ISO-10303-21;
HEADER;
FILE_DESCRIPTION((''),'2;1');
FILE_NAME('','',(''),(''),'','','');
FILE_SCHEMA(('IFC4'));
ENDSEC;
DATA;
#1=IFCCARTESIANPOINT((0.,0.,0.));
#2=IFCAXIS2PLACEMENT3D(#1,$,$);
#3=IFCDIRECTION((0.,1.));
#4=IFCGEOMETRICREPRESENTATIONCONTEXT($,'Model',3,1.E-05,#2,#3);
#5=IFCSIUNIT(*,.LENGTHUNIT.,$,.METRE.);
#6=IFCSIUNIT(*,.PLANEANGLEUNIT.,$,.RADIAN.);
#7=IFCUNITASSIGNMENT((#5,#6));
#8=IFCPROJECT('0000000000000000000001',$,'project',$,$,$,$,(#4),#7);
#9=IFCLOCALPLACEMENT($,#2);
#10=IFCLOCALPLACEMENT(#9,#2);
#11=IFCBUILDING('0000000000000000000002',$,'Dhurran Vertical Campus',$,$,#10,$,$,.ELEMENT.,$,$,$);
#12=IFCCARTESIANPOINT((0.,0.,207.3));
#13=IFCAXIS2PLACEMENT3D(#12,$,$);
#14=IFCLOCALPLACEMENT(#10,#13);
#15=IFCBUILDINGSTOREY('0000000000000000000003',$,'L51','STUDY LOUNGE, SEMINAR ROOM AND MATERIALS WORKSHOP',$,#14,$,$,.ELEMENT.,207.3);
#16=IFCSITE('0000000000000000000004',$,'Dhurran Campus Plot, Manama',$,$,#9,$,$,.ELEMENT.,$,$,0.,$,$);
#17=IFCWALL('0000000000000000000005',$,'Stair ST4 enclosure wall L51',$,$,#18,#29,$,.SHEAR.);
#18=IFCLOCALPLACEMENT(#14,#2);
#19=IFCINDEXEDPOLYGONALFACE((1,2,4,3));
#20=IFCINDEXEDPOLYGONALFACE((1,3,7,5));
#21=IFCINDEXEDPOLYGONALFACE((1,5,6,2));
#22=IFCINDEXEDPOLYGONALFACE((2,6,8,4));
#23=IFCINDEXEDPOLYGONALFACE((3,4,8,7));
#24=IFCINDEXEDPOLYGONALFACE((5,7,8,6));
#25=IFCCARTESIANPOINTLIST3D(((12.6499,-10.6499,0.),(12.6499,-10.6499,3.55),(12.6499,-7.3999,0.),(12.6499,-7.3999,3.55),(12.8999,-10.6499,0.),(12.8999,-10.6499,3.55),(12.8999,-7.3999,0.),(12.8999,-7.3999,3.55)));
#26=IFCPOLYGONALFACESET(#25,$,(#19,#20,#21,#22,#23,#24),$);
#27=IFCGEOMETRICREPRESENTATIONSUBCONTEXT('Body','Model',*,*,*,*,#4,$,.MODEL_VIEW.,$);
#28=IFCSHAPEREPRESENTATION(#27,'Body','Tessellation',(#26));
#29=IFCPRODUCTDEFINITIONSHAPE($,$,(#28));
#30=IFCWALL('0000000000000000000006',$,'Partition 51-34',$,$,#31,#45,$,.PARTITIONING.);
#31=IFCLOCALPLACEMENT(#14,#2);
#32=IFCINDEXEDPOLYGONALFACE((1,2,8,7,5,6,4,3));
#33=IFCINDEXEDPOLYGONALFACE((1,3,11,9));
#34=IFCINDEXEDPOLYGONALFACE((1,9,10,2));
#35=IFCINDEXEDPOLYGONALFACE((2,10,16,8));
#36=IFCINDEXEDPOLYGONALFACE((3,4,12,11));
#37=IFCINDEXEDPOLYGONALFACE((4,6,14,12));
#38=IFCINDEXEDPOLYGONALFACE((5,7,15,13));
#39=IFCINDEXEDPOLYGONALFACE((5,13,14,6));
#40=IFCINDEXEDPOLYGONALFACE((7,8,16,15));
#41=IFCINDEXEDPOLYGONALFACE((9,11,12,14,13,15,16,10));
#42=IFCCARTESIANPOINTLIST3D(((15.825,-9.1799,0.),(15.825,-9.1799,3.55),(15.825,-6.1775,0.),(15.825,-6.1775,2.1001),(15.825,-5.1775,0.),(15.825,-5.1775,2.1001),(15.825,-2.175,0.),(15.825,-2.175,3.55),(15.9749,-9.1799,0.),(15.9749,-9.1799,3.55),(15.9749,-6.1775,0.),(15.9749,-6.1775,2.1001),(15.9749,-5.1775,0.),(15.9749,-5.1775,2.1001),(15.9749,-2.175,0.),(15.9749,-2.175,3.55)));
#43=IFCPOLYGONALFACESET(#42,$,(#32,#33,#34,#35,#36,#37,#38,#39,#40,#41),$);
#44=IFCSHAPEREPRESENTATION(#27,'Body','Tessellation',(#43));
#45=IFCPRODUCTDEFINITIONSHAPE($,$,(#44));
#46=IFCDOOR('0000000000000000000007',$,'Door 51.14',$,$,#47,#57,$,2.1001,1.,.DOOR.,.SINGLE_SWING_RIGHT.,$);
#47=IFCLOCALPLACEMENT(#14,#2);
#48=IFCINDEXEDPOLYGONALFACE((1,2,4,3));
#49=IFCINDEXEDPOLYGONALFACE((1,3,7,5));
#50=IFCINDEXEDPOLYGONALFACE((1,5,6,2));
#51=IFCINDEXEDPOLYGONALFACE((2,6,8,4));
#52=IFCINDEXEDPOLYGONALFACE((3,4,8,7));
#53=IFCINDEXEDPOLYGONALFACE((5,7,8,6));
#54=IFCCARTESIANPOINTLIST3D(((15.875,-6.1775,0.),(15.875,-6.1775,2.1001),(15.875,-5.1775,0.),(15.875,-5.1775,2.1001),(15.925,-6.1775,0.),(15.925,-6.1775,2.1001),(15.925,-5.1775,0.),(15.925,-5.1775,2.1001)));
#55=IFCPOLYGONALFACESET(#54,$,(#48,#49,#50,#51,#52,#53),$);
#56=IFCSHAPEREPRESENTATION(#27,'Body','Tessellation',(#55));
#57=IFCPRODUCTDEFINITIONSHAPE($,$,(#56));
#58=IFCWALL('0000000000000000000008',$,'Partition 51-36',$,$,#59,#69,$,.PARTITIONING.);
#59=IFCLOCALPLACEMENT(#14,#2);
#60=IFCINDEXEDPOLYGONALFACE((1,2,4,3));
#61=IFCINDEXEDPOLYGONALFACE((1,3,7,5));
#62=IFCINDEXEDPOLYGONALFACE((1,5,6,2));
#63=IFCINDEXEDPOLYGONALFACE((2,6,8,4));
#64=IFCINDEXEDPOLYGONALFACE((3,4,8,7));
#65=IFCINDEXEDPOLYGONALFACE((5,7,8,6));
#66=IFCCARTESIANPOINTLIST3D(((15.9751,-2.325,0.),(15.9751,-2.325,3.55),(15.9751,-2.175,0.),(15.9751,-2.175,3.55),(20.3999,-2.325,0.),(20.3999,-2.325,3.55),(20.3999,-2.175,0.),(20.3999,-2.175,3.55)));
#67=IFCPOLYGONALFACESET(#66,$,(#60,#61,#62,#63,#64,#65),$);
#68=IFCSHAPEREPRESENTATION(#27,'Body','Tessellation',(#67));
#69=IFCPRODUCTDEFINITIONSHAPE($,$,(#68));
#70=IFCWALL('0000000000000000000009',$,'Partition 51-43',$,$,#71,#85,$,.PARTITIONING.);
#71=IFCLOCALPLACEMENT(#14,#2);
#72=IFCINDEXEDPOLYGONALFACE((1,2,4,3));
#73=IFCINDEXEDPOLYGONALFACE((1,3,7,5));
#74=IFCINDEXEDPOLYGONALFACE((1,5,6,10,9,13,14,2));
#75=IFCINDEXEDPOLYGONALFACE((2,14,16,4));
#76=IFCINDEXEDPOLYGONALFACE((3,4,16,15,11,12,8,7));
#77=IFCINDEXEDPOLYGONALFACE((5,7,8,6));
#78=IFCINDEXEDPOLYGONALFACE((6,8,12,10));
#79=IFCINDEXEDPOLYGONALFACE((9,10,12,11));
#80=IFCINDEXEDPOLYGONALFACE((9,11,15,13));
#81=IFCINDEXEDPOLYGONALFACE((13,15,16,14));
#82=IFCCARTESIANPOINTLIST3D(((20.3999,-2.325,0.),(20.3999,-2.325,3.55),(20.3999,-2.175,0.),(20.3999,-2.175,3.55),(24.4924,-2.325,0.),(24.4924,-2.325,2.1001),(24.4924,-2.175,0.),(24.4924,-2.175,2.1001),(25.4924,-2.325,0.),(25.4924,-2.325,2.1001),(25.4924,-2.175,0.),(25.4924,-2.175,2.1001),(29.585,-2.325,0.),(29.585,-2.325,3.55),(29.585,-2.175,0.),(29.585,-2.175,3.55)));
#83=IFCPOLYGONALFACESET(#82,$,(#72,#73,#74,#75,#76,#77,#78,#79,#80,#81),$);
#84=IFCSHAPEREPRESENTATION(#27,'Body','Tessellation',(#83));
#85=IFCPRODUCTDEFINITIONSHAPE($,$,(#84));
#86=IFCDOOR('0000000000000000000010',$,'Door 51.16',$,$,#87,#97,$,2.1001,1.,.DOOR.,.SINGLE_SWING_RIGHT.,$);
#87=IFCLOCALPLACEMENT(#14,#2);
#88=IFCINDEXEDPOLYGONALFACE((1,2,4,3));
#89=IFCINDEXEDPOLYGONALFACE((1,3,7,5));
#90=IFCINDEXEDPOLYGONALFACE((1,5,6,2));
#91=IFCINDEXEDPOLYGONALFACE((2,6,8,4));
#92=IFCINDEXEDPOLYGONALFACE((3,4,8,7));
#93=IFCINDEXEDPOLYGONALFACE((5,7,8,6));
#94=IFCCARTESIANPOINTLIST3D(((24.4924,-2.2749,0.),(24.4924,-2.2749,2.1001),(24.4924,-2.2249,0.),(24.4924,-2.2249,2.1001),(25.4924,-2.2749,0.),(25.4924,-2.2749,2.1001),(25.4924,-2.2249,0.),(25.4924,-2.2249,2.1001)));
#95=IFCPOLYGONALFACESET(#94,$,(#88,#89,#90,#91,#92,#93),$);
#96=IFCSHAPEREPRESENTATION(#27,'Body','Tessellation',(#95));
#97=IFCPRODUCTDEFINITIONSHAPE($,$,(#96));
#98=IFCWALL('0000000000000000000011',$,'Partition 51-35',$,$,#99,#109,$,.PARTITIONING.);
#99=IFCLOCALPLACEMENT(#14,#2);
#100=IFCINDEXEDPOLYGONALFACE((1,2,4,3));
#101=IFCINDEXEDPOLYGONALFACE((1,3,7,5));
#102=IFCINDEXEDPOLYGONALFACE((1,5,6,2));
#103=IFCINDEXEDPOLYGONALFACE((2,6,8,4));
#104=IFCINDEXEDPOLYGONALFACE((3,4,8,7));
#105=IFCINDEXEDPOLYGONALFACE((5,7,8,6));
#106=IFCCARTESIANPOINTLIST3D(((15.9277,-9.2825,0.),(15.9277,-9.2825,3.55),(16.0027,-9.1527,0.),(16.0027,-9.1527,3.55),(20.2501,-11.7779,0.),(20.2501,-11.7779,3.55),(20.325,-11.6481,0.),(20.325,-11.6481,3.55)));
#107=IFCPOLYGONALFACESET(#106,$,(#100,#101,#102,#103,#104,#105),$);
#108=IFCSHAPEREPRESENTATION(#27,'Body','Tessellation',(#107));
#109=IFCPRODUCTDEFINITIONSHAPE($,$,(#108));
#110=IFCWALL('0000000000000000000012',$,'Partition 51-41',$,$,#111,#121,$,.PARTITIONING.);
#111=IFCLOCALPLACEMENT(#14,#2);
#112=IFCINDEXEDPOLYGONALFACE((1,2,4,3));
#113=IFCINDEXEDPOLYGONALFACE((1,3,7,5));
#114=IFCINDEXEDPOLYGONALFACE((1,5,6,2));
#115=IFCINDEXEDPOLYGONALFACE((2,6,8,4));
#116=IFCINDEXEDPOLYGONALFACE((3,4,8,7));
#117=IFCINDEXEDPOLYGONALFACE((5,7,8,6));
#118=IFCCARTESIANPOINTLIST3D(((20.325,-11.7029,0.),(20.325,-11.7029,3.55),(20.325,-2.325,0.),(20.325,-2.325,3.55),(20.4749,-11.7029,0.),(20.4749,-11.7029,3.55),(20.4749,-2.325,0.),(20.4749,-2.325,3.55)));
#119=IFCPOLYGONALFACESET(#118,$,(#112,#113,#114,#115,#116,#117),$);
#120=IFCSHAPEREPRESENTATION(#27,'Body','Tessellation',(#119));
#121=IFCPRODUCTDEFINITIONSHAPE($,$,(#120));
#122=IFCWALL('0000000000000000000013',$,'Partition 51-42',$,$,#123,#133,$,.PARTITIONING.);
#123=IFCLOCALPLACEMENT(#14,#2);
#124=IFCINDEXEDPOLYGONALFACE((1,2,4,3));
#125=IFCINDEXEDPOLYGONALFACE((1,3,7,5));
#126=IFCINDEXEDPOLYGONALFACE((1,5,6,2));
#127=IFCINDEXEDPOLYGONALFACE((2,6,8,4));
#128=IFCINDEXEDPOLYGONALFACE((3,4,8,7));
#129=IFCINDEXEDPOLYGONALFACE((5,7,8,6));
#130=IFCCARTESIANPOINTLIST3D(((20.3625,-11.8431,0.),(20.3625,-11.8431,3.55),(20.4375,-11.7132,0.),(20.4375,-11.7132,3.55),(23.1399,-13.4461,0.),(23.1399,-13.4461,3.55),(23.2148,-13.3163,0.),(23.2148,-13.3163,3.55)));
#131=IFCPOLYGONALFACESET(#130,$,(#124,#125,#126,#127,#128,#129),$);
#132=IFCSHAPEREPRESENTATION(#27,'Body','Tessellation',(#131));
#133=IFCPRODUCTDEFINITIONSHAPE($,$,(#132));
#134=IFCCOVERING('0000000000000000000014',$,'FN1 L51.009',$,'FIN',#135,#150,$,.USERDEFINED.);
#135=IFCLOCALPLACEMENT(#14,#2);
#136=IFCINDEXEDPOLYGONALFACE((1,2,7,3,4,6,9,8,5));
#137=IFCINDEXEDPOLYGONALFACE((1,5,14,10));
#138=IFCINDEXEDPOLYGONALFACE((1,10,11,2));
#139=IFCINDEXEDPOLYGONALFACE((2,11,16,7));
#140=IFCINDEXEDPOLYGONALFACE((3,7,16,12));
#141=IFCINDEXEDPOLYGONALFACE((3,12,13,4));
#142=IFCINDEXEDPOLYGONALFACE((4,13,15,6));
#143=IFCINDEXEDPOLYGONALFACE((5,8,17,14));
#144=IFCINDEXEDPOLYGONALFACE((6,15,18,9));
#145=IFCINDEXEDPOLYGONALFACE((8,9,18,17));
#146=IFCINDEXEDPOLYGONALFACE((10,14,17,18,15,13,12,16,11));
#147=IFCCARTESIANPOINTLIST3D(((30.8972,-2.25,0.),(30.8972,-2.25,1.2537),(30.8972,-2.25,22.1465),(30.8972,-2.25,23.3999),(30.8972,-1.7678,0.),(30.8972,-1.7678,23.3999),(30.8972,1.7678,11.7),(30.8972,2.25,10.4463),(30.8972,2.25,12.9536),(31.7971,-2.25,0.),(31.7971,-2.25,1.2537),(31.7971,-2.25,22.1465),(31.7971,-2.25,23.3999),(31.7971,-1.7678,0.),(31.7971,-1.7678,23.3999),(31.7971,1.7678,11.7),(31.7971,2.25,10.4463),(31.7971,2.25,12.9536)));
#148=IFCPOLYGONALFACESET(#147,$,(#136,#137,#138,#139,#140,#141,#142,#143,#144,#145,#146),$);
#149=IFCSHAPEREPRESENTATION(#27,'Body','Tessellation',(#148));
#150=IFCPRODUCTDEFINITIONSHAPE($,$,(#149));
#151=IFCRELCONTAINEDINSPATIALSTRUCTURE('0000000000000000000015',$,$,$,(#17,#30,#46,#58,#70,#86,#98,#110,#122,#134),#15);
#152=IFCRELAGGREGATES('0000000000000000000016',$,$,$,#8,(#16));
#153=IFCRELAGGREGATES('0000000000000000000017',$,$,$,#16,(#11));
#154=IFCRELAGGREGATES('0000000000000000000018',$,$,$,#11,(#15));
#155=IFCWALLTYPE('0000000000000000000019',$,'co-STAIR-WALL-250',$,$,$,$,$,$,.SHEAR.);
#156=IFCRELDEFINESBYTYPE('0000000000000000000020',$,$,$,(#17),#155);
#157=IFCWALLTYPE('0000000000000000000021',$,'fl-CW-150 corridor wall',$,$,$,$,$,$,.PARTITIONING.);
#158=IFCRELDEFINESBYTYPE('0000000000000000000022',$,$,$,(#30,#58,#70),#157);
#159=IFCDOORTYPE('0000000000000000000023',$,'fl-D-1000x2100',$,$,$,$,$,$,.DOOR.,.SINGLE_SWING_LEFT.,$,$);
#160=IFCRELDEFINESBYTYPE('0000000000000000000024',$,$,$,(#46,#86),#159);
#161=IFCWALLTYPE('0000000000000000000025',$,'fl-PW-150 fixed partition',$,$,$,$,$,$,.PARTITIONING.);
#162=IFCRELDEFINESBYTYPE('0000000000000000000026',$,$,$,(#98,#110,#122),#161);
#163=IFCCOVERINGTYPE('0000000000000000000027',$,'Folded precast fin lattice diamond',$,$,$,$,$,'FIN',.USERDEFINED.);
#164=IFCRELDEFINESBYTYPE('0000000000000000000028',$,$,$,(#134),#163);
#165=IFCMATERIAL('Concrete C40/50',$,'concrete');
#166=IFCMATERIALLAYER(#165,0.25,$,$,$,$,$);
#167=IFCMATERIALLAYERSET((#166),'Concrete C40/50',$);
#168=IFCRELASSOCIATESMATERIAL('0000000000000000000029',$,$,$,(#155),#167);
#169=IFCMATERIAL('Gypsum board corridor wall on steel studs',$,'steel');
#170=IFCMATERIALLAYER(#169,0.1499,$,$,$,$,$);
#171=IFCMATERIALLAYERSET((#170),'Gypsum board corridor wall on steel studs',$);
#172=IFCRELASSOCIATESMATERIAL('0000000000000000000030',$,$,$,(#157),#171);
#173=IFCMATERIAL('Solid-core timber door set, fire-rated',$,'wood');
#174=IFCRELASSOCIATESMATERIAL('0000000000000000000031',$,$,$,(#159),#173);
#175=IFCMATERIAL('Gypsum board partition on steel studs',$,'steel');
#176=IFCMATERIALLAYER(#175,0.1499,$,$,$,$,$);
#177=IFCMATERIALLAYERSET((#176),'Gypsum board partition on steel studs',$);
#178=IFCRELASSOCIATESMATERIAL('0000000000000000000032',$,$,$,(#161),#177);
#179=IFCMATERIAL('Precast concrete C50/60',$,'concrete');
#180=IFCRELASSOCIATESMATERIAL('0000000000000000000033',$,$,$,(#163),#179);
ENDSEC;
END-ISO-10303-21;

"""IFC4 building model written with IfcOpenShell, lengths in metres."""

from ifc_helpers import new_model, si_unit, direction, frame, frame_2d, origin, place, context, subcontext, project, spatial, polyline, rectangle, outline, extrude, material, layer, layer_set, type_object, element, fill, save


model = new_model("IFC4")

# Units and contexts
model_context = context("Model", 3, precision=1e-05, world=origin(), true_north=direction((0.0, 1.0)))
body_context = subcontext(model_context, "Body", "Model", "MODEL_VIEW")
ifc_project = project(units=[si_unit("LENGTHUNIT", "METRE"), si_unit("PLANEANGLEUNIT", "RADIAN")], contexts=[model_context])

# Site, building, storey
site_placement = place(None, origin())
site = spatial("IfcSite", under=ifc_project, at=site_placement, Name="Dhurran Campus Plot, Manama", CompositionType="ELEMENT", RefElevation=0.0)
building_placement = place(site_placement, origin())
building = spatial("IfcBuilding", under=site, at=building_placement, Name="Dhurran Vertical Campus", CompositionType="ELEMENT")
storey_placement = place(building_placement, frame((0.0, 0.0, 207.3)))
storey = spatial("IfcBuildingStorey", under=building, at=storey_placement, Name="L51", Description="STUDY LOUNGE, SEMINAR ROOM AND MATERIALS WORKSHOP", CompositionType="ELEMENT", Elevation=207.3)

# Wall
ifc_material_1 = material(Name="Concrete C40/50", Category="concrete")
ifc_layer_1 = layer(ifc_material_1, 0.25)
ifc_layer_set_1 = layer_set([ifc_layer_1], Name="Concrete C40/50")
wall_type_1 = type_object("IfcWallType", Name="co-STAIR-WALL-250", PredefinedType="SHEAR", material=ifc_layer_set_1)
wall_1_placement = place(storey_placement, frame((12.7749, -10.6499, 0.0), z_axis=(0.0, 0.0, 1.0), x_axis=(0.0, 1.0, 0.0)))
element("IfcWall", 1, at=wall_1_placement, inside=storey, type_object=wall_type_1, Name="Stair ST4 enclosure wall L51", PredefinedType="SHEAR", context=body_context, shape_type="SweptSolid", body=[
    extrude(rectangle(XDim=3.25, YDim=0.25, at=frame_2d((1.625, 0.0))), origin(), (0.0, 0.0, 1.0), 3.55),
])

# Wall, opening, door
ifc_material_2 = material(Name="Gypsum board corridor wall on steel studs", Category="steel")
ifc_layer_2 = layer(ifc_material_2, 0.1499)
ifc_layer_set_2 = layer_set([ifc_layer_2], Name="Gypsum board corridor wall on steel studs")
wall_type_2 = type_object("IfcWallType", Name="fl-CW-150 corridor wall", PredefinedType="PARTITIONING", material=ifc_layer_set_2)
wall_2_placement = place(storey_placement, frame((15.8999, -9.1799, 0.0), z_axis=(0.0, 0.0, 1.0), x_axis=(0.0, 1.0, 0.0)))
wall_2 = element("IfcWall", 2, at=wall_2_placement, inside=storey, type_object=wall_type_2, Name="Partition 51-34", PredefinedType="PARTITIONING", context=body_context, shape_type="SweptSolid", body=[
    extrude(rectangle(XDim=7.0049, YDim=0.1499, at=frame_2d((3.5024, 0.0))), origin(), (0.0, 0.0, 1.0), 3.55),
])
opening_1_placement = place(wall_2_placement, frame((3.0024, 0.0, 0.0)))
opening_1 = element("IfcOpeningElement", 3, at=opening_1_placement, cuts=wall_2, PredefinedType="OPENING", context=body_context, shape_type="SweptSolid", body=[
    extrude(rectangle(XDim=1.0, YDim=2.1001, at=frame_2d((0.5, 1.05))), frame((0.0, 0.085, 0.0), z_axis=(0.0, -1.0, 0.0), x_axis=(1.0, 0.0, 0.0)), (0.0, 0.0, 1.0), 0.1699),
])
ifc_material_3 = material(Name="Solid-core timber door set, fire-rated", Category="wood")
door_type_1 = type_object("IfcDoorType", Name="fl-D-1000x2100", OperationType="SINGLE_SWING_LEFT", PredefinedType="DOOR", material=ifc_material_3)
door_1_placement = place(opening_1_placement, origin())
door_1 = element("IfcDoor", 4, at=door_1_placement, inside=storey, type_object=door_type_1, Name="Door 51.14", OperationType="SINGLE_SWING_RIGHT", OverallHeight=2.1001, OverallWidth=1.0, PredefinedType="DOOR", context=body_context, shape_type="SweptSolid", body=[
    extrude(rectangle(XDim=1.0, YDim=2.1001, at=frame_2d((0.5, 1.05))), frame((0.0, 0.0249, 0.0), z_axis=(0.0, -1.0, 0.0), x_axis=(1.0, 0.0, 0.0)), (0.0, 0.0, 1.0), 0.05),
])
fill(opening_1, door_1)

# Wall
wall_3_placement = place(storey_placement, frame((20.3999, -2.25, 0.0), z_axis=(0.0, 0.0, 1.0), x_axis=(-1.0, 0.0, 0.0)))
element("IfcWall", 5, at=wall_3_placement, inside=storey, type_object=wall_type_2, Name="Partition 51-36", PredefinedType="PARTITIONING", context=body_context, shape_type="SweptSolid", body=[
    extrude(rectangle(XDim=4.4248, YDim=0.1499, at=frame_2d((2.2124, 0.0))), origin(), (0.0, 0.0, 1.0), 3.55),
])

# Wall, opening, door
wall_4_placement = place(storey_placement, frame((29.585, -2.25, 0.0), z_axis=(0.0, 0.0, 1.0), x_axis=(-1.0, 0.0, 0.0)))
wall_4 = element("IfcWall", 6, at=wall_4_placement, inside=storey, type_object=wall_type_2, Name="Partition 51-43", PredefinedType="PARTITIONING", context=body_context, shape_type="SweptSolid", body=[
    extrude(rectangle(XDim=9.1851, YDim=0.1499, at=frame_2d((4.5925, 0.0))), origin(), (0.0, 0.0, 1.0), 3.55),
])
opening_2_placement = place(wall_4_placement, frame((4.0925, 0.0, 0.0)))
opening_2 = element("IfcOpeningElement", 7, at=opening_2_placement, cuts=wall_4, PredefinedType="OPENING", context=body_context, shape_type="SweptSolid", body=[
    extrude(rectangle(XDim=1.0, YDim=2.1001, at=frame_2d((0.5, 1.05))), frame((0.0, 0.085, 0.0), z_axis=(0.0, -1.0, 0.0), x_axis=(1.0, 0.0, 0.0)), (0.0, 0.0, 1.0), 0.1699),
])
door_2_placement = place(opening_2_placement, origin())
door_2 = element("IfcDoor", 8, at=door_2_placement, inside=storey, type_object=door_type_1, Name="Door 51.16", OperationType="SINGLE_SWING_RIGHT", OverallHeight=2.1001, OverallWidth=1.0, PredefinedType="DOOR", context=body_context, shape_type="SweptSolid", body=[
    extrude(rectangle(XDim=1.0, YDim=2.1001, at=frame_2d((0.5, 1.05))), frame((0.0, 0.0249, 0.0), z_axis=(0.0, -1.0, 0.0), x_axis=(1.0, 0.0, 0.0)), (0.0, 0.0, 1.0), 0.05),
])
fill(opening_2, door_2)

# Walls
ifc_material_4 = material(Name="Gypsum board partition on steel studs", Category="steel")
ifc_layer_3 = layer(ifc_material_4, 0.1499)
ifc_layer_set_3 = layer_set([ifc_layer_3], Name="Gypsum board partition on steel studs")
wall_type_3 = type_object("IfcWallType", Name="fl-PW-150 fixed partition", PredefinedType="PARTITIONING", material=ifc_layer_set_3)
wall_5_placement = place(storey_placement, frame((15.9651, -9.2175, 0.0), z_axis=(0.0, 0.0, 1.0), x_axis=(0.866034, -0.499985, 0.0)))
element("IfcWall", 9, at=wall_5_placement, inside=storey, type_object=wall_type_3, Name="Partition 51-35", PredefinedType="PARTITIONING", context=body_context, shape_type="SweptSolid", body=[
    extrude(rectangle(XDim=4.991, YDim=0.1499, at=frame_2d((2.4956, 0.0))), origin(), (0.0, 0.0, 1.0), 3.55),
])
wall_6_placement = place(storey_placement, frame((20.3999, -2.325, 0.0), z_axis=(0.0, 0.0, 1.0), x_axis=(0.0, -1.0, 0.0)))
element("IfcWall", 10, at=wall_6_placement, inside=storey, type_object=wall_type_3, Name="Partition 51-41", PredefinedType="PARTITIONING", context=body_context, shape_type="SweptSolid", body=[
    extrude(rectangle(XDim=9.3779, YDim=0.1499, at=frame_2d((4.689, 0.0))), origin(), (0.0, 0.0, 1.0), 3.55),
])
wall_7_placement = place(storey_placement, frame((20.3999, -11.7781, 0.0), z_axis=(0.0, 0.0, 1.0), x_axis=(0.866089, -0.499889, 0.0)))
element("IfcWall", 11, at=wall_7_placement, inside=storey, type_object=wall_type_3, Name="Partition 51-42", PredefinedType="PARTITIONING", context=body_context, shape_type="SweptSolid", body=[
    extrude(rectangle(XDim=3.2068, YDim=0.1499, at=frame_2d((1.6035, 0.0))), origin(), (0.0, 0.0, 1.0), 3.55),
])

# Covering
ifc_material_5 = material(Name="Precast concrete C50/60", Category="concrete")
covering_type = type_object("IfcCoveringType", Name="Folded precast fin lattice diamond", ElementType="FIN", PredefinedType="USERDEFINED", material=ifc_material_5)
covering_1_placement = place(storey_placement, frame((30.8972, -2.25, 0.0), z_axis=(1.0, 0.0, 0.0), x_axis=(0.0, 1.0, 0.0)))
element("IfcCovering", 12, at=covering_1_placement, inside=storey, type_object=covering_type, Name="FN1 L51.009", ObjectType="FIN", PredefinedType="USERDEFINED", context=body_context, shape_type="SweptSolid", body=[
    extrude(outline(polyline([(4.5, 10.4463), (0.4822, 0.0), (0.0, 0.0), (0.0, 1.2537), (4.0178, 11.7), (0.0, 22.1465), (0.0, 23.3999), (0.4822, 23.3999), (4.5, 12.9536), (4.5, 10.4463)])), origin(), (0.0, 0.0, 1.0), 0.8999),
])

save(model, "model.ifc")
